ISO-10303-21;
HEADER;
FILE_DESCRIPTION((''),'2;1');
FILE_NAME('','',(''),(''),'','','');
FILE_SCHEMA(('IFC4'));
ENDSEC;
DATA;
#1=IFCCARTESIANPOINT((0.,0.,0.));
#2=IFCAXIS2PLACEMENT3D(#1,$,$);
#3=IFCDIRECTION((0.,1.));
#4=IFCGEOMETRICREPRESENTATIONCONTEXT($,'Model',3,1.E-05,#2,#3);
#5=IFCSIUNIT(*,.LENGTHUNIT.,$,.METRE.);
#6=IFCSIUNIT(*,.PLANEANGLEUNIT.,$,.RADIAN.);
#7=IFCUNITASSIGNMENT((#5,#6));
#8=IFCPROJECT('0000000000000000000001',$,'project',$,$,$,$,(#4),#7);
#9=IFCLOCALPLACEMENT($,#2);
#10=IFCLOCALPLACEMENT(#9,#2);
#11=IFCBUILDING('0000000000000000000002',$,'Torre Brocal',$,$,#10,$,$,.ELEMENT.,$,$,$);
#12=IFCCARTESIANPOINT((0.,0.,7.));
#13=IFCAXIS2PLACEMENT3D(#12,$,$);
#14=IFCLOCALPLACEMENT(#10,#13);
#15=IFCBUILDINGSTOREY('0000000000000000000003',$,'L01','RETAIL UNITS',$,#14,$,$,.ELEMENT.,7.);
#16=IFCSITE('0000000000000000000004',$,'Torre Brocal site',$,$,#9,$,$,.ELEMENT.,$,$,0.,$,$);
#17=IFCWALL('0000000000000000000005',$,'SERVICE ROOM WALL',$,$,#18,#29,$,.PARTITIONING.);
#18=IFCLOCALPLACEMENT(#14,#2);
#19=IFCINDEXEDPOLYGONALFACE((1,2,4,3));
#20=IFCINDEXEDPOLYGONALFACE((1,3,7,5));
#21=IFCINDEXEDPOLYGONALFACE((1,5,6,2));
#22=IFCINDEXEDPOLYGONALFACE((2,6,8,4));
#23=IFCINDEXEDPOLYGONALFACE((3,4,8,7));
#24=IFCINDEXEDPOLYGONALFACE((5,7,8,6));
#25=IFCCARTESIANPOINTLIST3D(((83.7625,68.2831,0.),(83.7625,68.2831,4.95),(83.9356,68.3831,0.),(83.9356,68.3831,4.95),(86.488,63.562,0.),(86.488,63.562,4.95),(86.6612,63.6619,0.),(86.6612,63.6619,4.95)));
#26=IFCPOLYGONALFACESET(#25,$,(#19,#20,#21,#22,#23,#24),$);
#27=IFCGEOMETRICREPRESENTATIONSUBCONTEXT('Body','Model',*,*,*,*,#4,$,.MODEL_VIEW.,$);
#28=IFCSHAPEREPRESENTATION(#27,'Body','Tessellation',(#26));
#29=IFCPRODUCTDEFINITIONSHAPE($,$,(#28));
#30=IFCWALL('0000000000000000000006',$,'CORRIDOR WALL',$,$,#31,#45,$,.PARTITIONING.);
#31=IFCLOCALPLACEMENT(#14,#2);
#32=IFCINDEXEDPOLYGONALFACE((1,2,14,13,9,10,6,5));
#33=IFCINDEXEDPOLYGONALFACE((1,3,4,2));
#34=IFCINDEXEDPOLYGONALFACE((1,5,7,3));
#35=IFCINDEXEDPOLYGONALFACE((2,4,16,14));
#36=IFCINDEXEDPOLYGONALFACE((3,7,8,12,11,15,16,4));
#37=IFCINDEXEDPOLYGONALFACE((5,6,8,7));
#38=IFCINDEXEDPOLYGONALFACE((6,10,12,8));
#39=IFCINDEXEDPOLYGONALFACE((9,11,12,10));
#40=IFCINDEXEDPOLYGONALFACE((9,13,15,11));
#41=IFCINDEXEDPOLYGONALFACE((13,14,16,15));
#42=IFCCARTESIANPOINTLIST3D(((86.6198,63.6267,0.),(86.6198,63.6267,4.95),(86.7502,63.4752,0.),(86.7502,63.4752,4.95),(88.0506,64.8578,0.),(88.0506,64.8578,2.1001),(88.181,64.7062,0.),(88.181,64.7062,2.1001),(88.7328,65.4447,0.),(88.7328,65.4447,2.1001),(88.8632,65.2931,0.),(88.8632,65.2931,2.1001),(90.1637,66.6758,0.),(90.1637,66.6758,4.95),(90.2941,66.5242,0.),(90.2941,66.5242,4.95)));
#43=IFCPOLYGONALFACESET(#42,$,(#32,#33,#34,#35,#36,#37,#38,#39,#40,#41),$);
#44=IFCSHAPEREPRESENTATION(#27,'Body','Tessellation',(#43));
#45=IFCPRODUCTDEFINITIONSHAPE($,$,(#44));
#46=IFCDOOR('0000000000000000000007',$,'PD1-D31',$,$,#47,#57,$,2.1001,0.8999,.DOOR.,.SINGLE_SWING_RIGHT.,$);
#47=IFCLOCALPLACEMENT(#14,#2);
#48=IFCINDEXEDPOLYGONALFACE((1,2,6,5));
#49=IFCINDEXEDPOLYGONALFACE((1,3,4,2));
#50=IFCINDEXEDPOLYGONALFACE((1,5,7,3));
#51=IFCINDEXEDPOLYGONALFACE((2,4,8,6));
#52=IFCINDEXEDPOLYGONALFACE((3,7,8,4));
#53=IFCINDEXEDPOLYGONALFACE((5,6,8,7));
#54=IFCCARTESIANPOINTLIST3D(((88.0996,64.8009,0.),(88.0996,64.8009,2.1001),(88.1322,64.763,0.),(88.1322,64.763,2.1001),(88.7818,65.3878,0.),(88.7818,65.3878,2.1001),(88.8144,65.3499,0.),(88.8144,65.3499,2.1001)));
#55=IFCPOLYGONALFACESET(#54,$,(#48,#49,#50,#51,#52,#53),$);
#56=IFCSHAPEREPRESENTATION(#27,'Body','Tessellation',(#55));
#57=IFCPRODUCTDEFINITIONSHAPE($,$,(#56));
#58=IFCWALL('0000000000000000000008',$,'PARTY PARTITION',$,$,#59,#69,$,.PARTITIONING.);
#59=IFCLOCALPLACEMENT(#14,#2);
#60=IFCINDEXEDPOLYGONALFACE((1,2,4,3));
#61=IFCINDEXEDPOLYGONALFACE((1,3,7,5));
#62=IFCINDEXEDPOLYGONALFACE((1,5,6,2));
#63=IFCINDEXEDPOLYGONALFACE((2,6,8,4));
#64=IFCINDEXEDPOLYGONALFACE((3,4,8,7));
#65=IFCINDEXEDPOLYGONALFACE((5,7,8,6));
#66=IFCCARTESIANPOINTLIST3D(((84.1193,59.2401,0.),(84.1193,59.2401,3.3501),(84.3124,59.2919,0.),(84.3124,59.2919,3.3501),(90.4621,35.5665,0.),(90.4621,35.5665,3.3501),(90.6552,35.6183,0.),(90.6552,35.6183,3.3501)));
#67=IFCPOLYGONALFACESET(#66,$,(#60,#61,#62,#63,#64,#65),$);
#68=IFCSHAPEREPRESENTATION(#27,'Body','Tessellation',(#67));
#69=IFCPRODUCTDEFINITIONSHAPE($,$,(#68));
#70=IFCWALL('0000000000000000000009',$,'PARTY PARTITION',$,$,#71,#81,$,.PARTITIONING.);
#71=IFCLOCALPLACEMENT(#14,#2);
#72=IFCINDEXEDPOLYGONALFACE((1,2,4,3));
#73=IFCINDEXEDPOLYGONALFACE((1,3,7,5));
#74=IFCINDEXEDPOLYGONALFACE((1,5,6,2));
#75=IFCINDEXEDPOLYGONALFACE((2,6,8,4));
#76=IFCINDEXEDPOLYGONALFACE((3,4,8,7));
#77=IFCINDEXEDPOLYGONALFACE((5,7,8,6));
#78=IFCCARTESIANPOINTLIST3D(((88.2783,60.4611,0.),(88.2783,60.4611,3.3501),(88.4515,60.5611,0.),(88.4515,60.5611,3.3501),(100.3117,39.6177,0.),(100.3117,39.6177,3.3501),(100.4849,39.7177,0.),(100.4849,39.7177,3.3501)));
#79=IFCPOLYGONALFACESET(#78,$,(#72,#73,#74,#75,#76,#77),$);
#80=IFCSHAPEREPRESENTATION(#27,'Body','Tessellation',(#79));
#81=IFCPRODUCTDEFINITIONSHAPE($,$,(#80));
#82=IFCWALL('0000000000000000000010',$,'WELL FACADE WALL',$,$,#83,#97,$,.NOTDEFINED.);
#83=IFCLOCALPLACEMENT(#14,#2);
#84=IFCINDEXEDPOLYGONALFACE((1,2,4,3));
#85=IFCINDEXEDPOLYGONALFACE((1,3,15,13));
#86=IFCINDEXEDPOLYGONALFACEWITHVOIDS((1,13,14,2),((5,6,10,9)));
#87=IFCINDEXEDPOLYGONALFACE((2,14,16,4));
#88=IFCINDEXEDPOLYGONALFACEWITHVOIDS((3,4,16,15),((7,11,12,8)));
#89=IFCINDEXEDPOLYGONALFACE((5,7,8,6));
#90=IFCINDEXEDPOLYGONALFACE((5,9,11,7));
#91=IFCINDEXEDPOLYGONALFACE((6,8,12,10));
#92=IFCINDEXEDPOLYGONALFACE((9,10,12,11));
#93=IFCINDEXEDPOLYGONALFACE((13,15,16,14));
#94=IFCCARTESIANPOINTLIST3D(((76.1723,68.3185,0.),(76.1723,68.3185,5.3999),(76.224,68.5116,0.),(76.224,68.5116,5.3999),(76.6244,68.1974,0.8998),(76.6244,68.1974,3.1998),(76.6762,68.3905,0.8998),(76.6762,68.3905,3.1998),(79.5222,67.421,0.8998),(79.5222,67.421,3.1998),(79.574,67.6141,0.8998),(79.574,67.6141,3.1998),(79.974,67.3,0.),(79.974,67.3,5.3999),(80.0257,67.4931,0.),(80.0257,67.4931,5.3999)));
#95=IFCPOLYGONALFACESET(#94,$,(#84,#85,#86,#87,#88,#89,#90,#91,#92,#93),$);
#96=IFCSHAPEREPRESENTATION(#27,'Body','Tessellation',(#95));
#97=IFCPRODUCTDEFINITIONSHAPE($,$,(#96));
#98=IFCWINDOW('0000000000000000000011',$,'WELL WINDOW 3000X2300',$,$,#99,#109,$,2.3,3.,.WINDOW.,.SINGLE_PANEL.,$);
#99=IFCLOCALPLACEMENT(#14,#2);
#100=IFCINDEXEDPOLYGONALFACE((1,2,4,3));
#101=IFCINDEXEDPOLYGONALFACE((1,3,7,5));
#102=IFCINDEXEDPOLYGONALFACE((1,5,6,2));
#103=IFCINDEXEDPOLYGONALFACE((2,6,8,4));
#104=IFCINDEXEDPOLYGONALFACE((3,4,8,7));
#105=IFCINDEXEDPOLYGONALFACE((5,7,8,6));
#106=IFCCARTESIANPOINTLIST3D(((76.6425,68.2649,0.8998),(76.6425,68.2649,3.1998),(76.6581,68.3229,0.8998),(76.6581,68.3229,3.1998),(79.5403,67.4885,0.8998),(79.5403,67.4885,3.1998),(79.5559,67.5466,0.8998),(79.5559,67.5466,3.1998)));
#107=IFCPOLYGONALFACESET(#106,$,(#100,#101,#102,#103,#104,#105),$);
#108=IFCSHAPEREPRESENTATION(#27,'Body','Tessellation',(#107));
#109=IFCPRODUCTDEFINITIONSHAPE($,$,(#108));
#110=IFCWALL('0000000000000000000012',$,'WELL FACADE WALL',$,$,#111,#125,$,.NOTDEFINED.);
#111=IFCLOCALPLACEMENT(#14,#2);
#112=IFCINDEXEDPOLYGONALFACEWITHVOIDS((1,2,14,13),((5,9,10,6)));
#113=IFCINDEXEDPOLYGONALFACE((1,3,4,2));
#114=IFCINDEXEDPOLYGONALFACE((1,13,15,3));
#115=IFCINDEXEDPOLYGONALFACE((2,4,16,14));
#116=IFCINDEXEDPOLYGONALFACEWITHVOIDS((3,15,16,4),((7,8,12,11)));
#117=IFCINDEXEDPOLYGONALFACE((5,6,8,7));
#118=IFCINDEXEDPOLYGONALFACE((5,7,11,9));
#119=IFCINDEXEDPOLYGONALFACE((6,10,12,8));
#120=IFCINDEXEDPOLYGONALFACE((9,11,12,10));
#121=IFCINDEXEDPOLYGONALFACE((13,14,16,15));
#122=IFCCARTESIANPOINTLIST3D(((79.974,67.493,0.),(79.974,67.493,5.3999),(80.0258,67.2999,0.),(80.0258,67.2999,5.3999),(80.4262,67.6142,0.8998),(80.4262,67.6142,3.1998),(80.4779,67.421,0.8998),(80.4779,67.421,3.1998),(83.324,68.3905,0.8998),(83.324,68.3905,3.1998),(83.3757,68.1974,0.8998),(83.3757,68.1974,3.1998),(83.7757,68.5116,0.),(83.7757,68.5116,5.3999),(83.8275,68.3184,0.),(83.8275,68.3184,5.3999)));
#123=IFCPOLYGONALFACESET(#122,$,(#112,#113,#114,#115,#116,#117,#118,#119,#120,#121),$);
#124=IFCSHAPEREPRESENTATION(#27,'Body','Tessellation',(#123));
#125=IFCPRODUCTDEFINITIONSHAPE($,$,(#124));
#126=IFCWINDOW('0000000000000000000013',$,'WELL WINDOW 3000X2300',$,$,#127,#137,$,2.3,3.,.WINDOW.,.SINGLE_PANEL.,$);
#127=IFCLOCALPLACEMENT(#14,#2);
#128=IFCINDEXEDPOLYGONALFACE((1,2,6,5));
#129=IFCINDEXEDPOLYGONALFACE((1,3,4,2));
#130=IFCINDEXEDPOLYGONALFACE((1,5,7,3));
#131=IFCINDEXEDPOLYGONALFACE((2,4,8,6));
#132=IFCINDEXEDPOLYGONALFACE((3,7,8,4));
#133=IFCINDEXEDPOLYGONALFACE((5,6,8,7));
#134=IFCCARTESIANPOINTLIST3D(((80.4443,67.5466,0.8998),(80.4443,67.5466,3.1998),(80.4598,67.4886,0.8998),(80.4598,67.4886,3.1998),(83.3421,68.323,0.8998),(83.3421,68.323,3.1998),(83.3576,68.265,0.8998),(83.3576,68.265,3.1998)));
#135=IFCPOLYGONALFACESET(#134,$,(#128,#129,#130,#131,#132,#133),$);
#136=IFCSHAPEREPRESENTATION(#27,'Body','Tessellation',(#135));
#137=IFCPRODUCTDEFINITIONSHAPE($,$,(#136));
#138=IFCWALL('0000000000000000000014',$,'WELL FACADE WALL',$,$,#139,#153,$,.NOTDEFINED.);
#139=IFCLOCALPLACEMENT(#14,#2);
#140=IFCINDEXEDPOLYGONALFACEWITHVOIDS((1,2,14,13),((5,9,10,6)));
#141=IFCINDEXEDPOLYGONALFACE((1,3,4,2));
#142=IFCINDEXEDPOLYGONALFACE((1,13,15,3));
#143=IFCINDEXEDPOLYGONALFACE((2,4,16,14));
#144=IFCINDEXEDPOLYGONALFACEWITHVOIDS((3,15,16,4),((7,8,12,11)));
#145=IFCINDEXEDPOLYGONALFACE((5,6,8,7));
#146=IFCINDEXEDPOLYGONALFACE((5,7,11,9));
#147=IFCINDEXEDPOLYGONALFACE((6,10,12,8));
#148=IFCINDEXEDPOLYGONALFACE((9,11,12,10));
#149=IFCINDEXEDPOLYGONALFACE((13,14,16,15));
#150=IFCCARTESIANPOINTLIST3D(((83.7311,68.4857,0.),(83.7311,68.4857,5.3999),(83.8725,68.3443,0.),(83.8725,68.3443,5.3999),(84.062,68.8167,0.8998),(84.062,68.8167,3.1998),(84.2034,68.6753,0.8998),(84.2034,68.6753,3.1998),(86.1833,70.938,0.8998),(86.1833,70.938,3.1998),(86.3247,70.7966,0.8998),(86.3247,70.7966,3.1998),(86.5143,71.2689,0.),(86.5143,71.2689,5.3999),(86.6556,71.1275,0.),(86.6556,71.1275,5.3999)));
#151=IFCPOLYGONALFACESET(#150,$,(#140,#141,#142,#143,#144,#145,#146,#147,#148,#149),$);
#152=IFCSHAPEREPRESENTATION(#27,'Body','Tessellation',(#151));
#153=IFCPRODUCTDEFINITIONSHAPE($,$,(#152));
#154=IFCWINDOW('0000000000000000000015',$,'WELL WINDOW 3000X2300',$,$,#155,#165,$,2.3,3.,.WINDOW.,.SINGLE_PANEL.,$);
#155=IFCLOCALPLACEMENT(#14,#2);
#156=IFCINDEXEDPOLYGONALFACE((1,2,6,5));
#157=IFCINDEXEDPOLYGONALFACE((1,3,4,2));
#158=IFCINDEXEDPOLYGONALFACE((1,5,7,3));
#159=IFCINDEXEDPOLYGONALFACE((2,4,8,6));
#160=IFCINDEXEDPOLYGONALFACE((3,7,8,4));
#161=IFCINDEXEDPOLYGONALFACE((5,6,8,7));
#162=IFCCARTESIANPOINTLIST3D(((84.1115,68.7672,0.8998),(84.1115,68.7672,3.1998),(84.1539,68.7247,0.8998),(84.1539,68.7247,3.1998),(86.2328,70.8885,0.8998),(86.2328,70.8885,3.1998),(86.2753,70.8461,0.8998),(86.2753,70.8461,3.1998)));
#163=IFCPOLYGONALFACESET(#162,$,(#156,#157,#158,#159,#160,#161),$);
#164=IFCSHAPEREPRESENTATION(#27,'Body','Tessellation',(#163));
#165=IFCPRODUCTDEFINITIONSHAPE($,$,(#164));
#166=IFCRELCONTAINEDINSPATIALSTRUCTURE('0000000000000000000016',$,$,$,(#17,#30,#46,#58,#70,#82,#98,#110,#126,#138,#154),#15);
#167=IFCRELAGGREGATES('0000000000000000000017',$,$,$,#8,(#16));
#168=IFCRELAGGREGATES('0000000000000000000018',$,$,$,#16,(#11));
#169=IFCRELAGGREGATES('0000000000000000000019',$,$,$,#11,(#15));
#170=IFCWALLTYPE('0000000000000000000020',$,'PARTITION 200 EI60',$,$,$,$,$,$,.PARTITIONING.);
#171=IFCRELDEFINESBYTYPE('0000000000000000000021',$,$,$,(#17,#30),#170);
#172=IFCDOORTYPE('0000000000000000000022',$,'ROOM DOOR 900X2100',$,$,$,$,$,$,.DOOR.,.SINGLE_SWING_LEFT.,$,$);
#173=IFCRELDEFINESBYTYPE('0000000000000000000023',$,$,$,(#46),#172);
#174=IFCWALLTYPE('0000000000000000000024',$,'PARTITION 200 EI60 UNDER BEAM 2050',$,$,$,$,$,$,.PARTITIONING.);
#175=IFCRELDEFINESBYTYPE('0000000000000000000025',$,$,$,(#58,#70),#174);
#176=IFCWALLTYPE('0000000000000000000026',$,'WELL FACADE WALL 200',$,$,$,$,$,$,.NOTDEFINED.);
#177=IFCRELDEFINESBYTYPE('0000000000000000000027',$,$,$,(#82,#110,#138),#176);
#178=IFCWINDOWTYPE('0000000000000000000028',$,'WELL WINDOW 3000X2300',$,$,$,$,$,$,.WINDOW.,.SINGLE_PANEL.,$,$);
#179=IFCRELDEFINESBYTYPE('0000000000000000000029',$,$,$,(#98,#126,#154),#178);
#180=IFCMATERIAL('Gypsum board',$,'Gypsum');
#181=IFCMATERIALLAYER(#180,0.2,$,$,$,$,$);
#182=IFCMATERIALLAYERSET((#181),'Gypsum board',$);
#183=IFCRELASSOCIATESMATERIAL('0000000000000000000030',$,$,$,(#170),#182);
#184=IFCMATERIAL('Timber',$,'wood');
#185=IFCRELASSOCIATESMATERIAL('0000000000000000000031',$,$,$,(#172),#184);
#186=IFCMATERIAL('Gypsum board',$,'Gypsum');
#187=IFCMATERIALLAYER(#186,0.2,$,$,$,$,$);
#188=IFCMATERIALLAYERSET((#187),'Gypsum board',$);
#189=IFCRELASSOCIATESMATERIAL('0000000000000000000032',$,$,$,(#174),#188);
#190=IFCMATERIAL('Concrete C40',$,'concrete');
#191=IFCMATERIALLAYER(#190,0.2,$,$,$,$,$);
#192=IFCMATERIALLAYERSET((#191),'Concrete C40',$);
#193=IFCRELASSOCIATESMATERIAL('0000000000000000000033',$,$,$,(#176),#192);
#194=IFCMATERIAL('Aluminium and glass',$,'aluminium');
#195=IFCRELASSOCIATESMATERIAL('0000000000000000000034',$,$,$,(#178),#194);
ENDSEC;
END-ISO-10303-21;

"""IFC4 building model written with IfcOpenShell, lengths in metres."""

from ifc_helpers import new_model, si_unit, direction, frame, frame_2d, origin, place, context, subcontext, project, spatial, rectangle, extrude, material, layer, layer_set, type_object, element, fill, save


model = new_model("IFC4")

# Units and contexts
model_context = context("Model", 3, precision=1e-05, world=origin(), true_north=direction((0.0, 1.0)))
body_context = subcontext(model_context, "Body", "Model", "MODEL_VIEW")
ifc_project = project(units=[si_unit("LENGTHUNIT", "METRE"), si_unit("PLANEANGLEUNIT", "RADIAN")], contexts=[model_context])

# Site, building, storey
site_placement = place(None, origin())
site = spatial("IfcSite", under=ifc_project, at=site_placement, Name="Torre Brocal site", CompositionType="ELEMENT", RefElevation=0.0)
building_placement = place(site_placement, origin())
building = spatial("IfcBuilding", under=site, at=building_placement, Name="Torre Brocal", CompositionType="ELEMENT")
storey_placement = place(building_placement, frame((0.0, 0.0, 7.0)))
storey = spatial("IfcBuildingStorey", under=building, at=storey_placement, Name="L01", Description="RETAIL UNITS", CompositionType="ELEMENT", Elevation=7.0)

# Shared definitions
ifc_material_1 = material(Name="Gypsum board", Category="Gypsum")
ifc_layer_1 = layer(ifc_material_1, 0.2)
ifc_layer_set_1 = layer_set([ifc_layer_1], Name="Gypsum board")
wall_type_1 = type_object("IfcWallType", Name="PARTITION 200 EI60", PredefinedType="PARTITIONING", material=ifc_layer_set_1)

# Shared definitions
ifc_material_2 = material(Name="Timber", Category="wood")
door_type_1 = type_object("IfcDoorType", Name="ROOM DOOR 900X2100", OperationType="SINGLE_SWING_LEFT", PredefinedType="DOOR", material=ifc_material_2)

# Wall
wall_1_placement = place(storey_placement, frame((83.8491, 68.333, 0.0), z_axis=(0.0, 0.0, 1.0), x_axis=(0.499973, -0.866041, 0.0)))
element("IfcWall", 1, at=wall_1_placement, inside=storey, type_object=wall_type_1, Name="SERVICE ROOM WALL", PredefinedType="PARTITIONING", context=body_context, shape_type="SweptSolid", body=[
    extrude(rectangle(XDim=5.4514, YDim=0.2, at=frame_2d((2.7256, 0.0))), origin(), (0.0, 0.0, 1.0), 4.95),
])

# Wall, opening, door
wall_2_placement = place(storey_placement, frame((86.6851, 63.551, 0.0), z_axis=(0.0, 0.0, 1.0), x_axis=(0.75805, 0.652197, 0.0)))
wall_2 = element("IfcWall", 2, at=wall_2_placement, inside=storey, type_object=wall_type_1, Name="CORRIDOR WALL", PredefinedType="PARTITIONING", context=body_context, shape_type="SweptSolid", body=[
    extrude(rectangle(XDim=4.675, YDim=0.2, at=frame_2d((2.3374, 0.0))), origin(), (0.0, 0.0, 1.0), 4.95),
])
opening_1_placement = place(wall_2_placement, frame((1.8875, 0.0, 0.0)))
opening_1 = element("IfcOpeningElement", 3, at=opening_1_placement, cuts=wall_2, PredefinedType="OPENING", context=body_context, shape_type="SweptSolid", body=[
    extrude(rectangle(XDim=0.8999, YDim=2.1001, at=frame_2d((0.45, 1.05))), frame((0.0, 0.1099, 0.0), z_axis=(0.0, -1.0, 0.0), x_axis=(1.0, 0.0, 0.0)), (0.0, 0.0, 1.0), 0.22),
])
door_1_placement = place(opening_1_placement, origin())
door_1 = element("IfcDoor", 4, at=door_1_placement, inside=storey, type_object=door_type_1, Name="PD1-D31", OperationType="SINGLE_SWING_RIGHT", OverallHeight=2.1001, OverallWidth=0.8999, PredefinedType="DOOR", context=body_context, shape_type="SweptSolid", body=[
    extrude(rectangle(XDim=0.8999, YDim=2.1001, at=frame_2d((0.45, 1.05))), frame((0.0, 0.0249, 0.0), z_axis=(0.0, -1.0, 0.0), x_axis=(1.0, 0.0, 0.0)), (0.0, 0.0, 1.0), 0.05),
])
fill(opening_1, door_1)

# Walls
ifc_material_3 = material(Name="Gypsum board", Category="Gypsum")
ifc_layer_2 = layer(ifc_material_3, 0.2)
ifc_layer_set_2 = layer_set([ifc_layer_2], Name="Gypsum board")
wall_type_2 = type_object("IfcWallType", Name="PARTITION 200 EI60 UNDER BEAM 2050", PredefinedType="PARTITIONING", material=ifc_layer_set_2)
wall_3_placement = place(storey_placement, frame((84.2158, 59.2661, 0.0), z_axis=(0.0, 0.0, 1.0), x_axis=(0.258798, -0.965931, 0.0)))
element("IfcWall", 5, at=wall_3_placement, inside=storey, type_object=wall_type_2, Name="PARTY PARTITION", PredefinedType="PARTITIONING", context=body_context, shape_type="SweptSolid", body=[
    extrude(rectangle(XDim=24.5085, YDim=0.2, at=frame_2d((12.2544, 0.0))), origin(), (0.0, 0.0, 1.0), 3.3501),
])
wall_4_placement = place(storey_placement, frame((88.365, 60.511, 0.0), z_axis=(0.0, 0.0, 1.0), x_axis=(0.499983, -0.866035, 0.0)))
element("IfcWall", 6, at=wall_4_placement, inside=storey, type_object=wall_type_2, Name="PARTY PARTITION", PredefinedType="PARTITIONING", context=body_context, shape_type="SweptSolid", body=[
    extrude(rectangle(XDim=24.0676, YDim=0.2, at=frame_2d((12.0337, 0.0))), origin(), (0.0, 0.0, 1.0), 3.3501),
])

# Walls, openings, windows
ifc_material_4 = material(Name="Concrete C40", Category="concrete")
ifc_layer_3 = layer(ifc_material_4, 0.2)
ifc_layer_set_3 = layer_set([ifc_layer_3], Name="Concrete C40")
wall_type_3 = type_object("IfcWallType", Name="WELL FACADE WALL 200", PredefinedType="NOTDEFINED", material=ifc_layer_set_3)
wall_5_placement = place(storey_placement, frame((76.1982, 68.415, 0.0), z_axis=(0.0, 0.0, 1.0), x_axis=(0.965934, -0.25879, 0.0)))
wall_5 = element("IfcWall", 7, at=wall_5_placement, inside=storey, type_object=wall_type_3, Name="WELL FACADE WALL", PredefinedType="NOTDEFINED", context=body_context, shape_type="SweptSolid", body=[
    extrude(rectangle(XDim=3.9358, YDim=0.2, at=frame_2d((1.9678, 0.0))), origin(), (0.0, 0.0, 1.0), 5.3999),
])
opening_2_placement = place(wall_5_placement, frame((0.468, 0.0, 0.8999)))
opening_2 = element("IfcOpeningElement", 8, at=opening_2_placement, cuts=wall_5, PredefinedType="OPENING", context=body_context, shape_type="SweptSolid", body=[
    extrude(rectangle(XDim=3.0, YDim=2.3, at=frame_2d((1.5, 1.1499))), frame((0.0, 0.1099, 0.0), z_axis=(0.0, -1.0, 0.0), x_axis=(1.0, 0.0, 0.0)), (0.0, 0.0, 1.0), 0.22),
])
ifc_material_5 = material(Name="Aluminium and glass", Category="aluminium")
window_type = type_object("IfcWindowType", Name="WELL WINDOW 3000X2300", PartitioningType="SINGLE_PANEL", PredefinedType="WINDOW", material=ifc_material_5)
window_1_placement = place(opening_2_placement, origin())
window_1 = element("IfcWindow", 9, at=window_1_placement, inside=storey, type_object=window_type, Name="WELL WINDOW 3000X2300", OverallHeight=2.3, OverallWidth=3.0, PartitioningType="SINGLE_PANEL", PredefinedType="WINDOW", context=body_context, shape_type="SweptSolid", body=[
    extrude(rectangle(XDim=3.0, YDim=2.3, at=frame_2d((1.5, 1.1499))), frame((0.0, 0.03, 0.0), z_axis=(0.0, -1.0, 0.0), x_axis=(1.0, 0.0, 0.0)), (0.0, 0.0, 1.0), 0.0601),
])
fill(opening_2, window_1)
wall_6_placement = place(storey_placement, frame((80.0, 67.3965, 0.0), z_axis=(0.0, 0.0, 1.0), x_axis=(0.965934, 0.25879, 0.0)))
wall_6 = element("IfcWall", 10, at=wall_6_placement, inside=storey, type_object=wall_type_3, Name="WELL FACADE WALL", PredefinedType="NOTDEFINED", context=body_context, shape_type="SweptSolid", body=[
    extrude(rectangle(XDim=3.9358, YDim=0.2, at=frame_2d((1.9678, 0.0))), origin(), (0.0, 0.0, 1.0), 5.3999),
])
opening_3_placement = place(wall_6_placement, frame((0.468, 0.0, 0.8999)))
opening_3 = element("IfcOpeningElement", 11, at=opening_3_placement, cuts=wall_6, PredefinedType="OPENING", context=body_context, shape_type="SweptSolid", body=[
    extrude(rectangle(XDim=3.0, YDim=2.3, at=frame_2d((1.5, 1.1499))), frame((0.0, 0.1099, 0.0), z_axis=(0.0, -1.0, 0.0), x_axis=(1.0, 0.0, 0.0)), (0.0, 0.0, 1.0), 0.22),
])
window_2_placement = place(opening_3_placement, origin())
window_2 = element("IfcWindow", 12, at=window_2_placement, inside=storey, type_object=window_type, Name="WELL WINDOW 3000X2300", OverallHeight=2.3, OverallWidth=3.0, PartitioningType="SINGLE_PANEL", PredefinedType="WINDOW", context=body_context, shape_type="SweptSolid", body=[
    extrude(rectangle(XDim=3.0, YDim=2.3, at=frame_2d((1.5, 1.1499))), frame((0.0, 0.03, 0.0), z_axis=(0.0, -1.0, 0.0), x_axis=(1.0, 0.0, 0.0)), (0.0, 0.0, 1.0), 0.0601),
])
fill(opening_3, window_2)
wall_7_placement = place(storey_placement, frame((83.8018, 68.415, 0.0), z_axis=(0.0, 0.0, 1.0), x_axis=(0.707107, 0.707107, 0.0)))
wall_7 = element("IfcWall", 13, at=wall_7_placement, inside=storey, type_object=wall_type_3, Name="WELL FACADE WALL", PredefinedType="NOTDEFINED", context=body_context, shape_type="SweptSolid", body=[
    extrude(rectangle(XDim=3.936, YDim=0.2, at=frame_2d((1.968, 0.0))), origin(), (0.0, 0.0, 1.0), 5.3999),
])
opening_4_placement = place(wall_7_placement, frame((0.468, 0.0, 0.8999)))
opening_4 = element("IfcOpeningElement", 14, at=opening_4_placement, cuts=wall_7, PredefinedType="OPENING", context=body_context, shape_type="SweptSolid", body=[
    extrude(rectangle(XDim=3.0, YDim=2.3, at=frame_2d((1.5, 1.1499))), frame((0.0, 0.1099, 0.0), z_axis=(0.0, -1.0, 0.0), x_axis=(1.0, 0.0, 0.0)), (0.0, 0.0, 1.0), 0.22),
])
window_3_placement = place(opening_4_placement, origin())
window_3 = element("IfcWindow", 15, at=window_3_placement, inside=storey, type_object=window_type, Name="WELL WINDOW 3000X2300", OverallHeight=2.3, OverallWidth=3.0, PartitioningType="SINGLE_PANEL", PredefinedType="WINDOW", context=body_context, shape_type="SweptSolid", body=[
    extrude(rectangle(XDim=3.0, YDim=2.3, at=frame_2d((1.5, 1.1499))), frame((0.0, 0.03, 0.0), z_axis=(0.0, -1.0, 0.0), x_axis=(1.0, 0.0, 0.0)), (0.0, 0.0, 1.0), 0.0601),
])
fill(opening_4, window_3)

save(model, "model.ifc")
